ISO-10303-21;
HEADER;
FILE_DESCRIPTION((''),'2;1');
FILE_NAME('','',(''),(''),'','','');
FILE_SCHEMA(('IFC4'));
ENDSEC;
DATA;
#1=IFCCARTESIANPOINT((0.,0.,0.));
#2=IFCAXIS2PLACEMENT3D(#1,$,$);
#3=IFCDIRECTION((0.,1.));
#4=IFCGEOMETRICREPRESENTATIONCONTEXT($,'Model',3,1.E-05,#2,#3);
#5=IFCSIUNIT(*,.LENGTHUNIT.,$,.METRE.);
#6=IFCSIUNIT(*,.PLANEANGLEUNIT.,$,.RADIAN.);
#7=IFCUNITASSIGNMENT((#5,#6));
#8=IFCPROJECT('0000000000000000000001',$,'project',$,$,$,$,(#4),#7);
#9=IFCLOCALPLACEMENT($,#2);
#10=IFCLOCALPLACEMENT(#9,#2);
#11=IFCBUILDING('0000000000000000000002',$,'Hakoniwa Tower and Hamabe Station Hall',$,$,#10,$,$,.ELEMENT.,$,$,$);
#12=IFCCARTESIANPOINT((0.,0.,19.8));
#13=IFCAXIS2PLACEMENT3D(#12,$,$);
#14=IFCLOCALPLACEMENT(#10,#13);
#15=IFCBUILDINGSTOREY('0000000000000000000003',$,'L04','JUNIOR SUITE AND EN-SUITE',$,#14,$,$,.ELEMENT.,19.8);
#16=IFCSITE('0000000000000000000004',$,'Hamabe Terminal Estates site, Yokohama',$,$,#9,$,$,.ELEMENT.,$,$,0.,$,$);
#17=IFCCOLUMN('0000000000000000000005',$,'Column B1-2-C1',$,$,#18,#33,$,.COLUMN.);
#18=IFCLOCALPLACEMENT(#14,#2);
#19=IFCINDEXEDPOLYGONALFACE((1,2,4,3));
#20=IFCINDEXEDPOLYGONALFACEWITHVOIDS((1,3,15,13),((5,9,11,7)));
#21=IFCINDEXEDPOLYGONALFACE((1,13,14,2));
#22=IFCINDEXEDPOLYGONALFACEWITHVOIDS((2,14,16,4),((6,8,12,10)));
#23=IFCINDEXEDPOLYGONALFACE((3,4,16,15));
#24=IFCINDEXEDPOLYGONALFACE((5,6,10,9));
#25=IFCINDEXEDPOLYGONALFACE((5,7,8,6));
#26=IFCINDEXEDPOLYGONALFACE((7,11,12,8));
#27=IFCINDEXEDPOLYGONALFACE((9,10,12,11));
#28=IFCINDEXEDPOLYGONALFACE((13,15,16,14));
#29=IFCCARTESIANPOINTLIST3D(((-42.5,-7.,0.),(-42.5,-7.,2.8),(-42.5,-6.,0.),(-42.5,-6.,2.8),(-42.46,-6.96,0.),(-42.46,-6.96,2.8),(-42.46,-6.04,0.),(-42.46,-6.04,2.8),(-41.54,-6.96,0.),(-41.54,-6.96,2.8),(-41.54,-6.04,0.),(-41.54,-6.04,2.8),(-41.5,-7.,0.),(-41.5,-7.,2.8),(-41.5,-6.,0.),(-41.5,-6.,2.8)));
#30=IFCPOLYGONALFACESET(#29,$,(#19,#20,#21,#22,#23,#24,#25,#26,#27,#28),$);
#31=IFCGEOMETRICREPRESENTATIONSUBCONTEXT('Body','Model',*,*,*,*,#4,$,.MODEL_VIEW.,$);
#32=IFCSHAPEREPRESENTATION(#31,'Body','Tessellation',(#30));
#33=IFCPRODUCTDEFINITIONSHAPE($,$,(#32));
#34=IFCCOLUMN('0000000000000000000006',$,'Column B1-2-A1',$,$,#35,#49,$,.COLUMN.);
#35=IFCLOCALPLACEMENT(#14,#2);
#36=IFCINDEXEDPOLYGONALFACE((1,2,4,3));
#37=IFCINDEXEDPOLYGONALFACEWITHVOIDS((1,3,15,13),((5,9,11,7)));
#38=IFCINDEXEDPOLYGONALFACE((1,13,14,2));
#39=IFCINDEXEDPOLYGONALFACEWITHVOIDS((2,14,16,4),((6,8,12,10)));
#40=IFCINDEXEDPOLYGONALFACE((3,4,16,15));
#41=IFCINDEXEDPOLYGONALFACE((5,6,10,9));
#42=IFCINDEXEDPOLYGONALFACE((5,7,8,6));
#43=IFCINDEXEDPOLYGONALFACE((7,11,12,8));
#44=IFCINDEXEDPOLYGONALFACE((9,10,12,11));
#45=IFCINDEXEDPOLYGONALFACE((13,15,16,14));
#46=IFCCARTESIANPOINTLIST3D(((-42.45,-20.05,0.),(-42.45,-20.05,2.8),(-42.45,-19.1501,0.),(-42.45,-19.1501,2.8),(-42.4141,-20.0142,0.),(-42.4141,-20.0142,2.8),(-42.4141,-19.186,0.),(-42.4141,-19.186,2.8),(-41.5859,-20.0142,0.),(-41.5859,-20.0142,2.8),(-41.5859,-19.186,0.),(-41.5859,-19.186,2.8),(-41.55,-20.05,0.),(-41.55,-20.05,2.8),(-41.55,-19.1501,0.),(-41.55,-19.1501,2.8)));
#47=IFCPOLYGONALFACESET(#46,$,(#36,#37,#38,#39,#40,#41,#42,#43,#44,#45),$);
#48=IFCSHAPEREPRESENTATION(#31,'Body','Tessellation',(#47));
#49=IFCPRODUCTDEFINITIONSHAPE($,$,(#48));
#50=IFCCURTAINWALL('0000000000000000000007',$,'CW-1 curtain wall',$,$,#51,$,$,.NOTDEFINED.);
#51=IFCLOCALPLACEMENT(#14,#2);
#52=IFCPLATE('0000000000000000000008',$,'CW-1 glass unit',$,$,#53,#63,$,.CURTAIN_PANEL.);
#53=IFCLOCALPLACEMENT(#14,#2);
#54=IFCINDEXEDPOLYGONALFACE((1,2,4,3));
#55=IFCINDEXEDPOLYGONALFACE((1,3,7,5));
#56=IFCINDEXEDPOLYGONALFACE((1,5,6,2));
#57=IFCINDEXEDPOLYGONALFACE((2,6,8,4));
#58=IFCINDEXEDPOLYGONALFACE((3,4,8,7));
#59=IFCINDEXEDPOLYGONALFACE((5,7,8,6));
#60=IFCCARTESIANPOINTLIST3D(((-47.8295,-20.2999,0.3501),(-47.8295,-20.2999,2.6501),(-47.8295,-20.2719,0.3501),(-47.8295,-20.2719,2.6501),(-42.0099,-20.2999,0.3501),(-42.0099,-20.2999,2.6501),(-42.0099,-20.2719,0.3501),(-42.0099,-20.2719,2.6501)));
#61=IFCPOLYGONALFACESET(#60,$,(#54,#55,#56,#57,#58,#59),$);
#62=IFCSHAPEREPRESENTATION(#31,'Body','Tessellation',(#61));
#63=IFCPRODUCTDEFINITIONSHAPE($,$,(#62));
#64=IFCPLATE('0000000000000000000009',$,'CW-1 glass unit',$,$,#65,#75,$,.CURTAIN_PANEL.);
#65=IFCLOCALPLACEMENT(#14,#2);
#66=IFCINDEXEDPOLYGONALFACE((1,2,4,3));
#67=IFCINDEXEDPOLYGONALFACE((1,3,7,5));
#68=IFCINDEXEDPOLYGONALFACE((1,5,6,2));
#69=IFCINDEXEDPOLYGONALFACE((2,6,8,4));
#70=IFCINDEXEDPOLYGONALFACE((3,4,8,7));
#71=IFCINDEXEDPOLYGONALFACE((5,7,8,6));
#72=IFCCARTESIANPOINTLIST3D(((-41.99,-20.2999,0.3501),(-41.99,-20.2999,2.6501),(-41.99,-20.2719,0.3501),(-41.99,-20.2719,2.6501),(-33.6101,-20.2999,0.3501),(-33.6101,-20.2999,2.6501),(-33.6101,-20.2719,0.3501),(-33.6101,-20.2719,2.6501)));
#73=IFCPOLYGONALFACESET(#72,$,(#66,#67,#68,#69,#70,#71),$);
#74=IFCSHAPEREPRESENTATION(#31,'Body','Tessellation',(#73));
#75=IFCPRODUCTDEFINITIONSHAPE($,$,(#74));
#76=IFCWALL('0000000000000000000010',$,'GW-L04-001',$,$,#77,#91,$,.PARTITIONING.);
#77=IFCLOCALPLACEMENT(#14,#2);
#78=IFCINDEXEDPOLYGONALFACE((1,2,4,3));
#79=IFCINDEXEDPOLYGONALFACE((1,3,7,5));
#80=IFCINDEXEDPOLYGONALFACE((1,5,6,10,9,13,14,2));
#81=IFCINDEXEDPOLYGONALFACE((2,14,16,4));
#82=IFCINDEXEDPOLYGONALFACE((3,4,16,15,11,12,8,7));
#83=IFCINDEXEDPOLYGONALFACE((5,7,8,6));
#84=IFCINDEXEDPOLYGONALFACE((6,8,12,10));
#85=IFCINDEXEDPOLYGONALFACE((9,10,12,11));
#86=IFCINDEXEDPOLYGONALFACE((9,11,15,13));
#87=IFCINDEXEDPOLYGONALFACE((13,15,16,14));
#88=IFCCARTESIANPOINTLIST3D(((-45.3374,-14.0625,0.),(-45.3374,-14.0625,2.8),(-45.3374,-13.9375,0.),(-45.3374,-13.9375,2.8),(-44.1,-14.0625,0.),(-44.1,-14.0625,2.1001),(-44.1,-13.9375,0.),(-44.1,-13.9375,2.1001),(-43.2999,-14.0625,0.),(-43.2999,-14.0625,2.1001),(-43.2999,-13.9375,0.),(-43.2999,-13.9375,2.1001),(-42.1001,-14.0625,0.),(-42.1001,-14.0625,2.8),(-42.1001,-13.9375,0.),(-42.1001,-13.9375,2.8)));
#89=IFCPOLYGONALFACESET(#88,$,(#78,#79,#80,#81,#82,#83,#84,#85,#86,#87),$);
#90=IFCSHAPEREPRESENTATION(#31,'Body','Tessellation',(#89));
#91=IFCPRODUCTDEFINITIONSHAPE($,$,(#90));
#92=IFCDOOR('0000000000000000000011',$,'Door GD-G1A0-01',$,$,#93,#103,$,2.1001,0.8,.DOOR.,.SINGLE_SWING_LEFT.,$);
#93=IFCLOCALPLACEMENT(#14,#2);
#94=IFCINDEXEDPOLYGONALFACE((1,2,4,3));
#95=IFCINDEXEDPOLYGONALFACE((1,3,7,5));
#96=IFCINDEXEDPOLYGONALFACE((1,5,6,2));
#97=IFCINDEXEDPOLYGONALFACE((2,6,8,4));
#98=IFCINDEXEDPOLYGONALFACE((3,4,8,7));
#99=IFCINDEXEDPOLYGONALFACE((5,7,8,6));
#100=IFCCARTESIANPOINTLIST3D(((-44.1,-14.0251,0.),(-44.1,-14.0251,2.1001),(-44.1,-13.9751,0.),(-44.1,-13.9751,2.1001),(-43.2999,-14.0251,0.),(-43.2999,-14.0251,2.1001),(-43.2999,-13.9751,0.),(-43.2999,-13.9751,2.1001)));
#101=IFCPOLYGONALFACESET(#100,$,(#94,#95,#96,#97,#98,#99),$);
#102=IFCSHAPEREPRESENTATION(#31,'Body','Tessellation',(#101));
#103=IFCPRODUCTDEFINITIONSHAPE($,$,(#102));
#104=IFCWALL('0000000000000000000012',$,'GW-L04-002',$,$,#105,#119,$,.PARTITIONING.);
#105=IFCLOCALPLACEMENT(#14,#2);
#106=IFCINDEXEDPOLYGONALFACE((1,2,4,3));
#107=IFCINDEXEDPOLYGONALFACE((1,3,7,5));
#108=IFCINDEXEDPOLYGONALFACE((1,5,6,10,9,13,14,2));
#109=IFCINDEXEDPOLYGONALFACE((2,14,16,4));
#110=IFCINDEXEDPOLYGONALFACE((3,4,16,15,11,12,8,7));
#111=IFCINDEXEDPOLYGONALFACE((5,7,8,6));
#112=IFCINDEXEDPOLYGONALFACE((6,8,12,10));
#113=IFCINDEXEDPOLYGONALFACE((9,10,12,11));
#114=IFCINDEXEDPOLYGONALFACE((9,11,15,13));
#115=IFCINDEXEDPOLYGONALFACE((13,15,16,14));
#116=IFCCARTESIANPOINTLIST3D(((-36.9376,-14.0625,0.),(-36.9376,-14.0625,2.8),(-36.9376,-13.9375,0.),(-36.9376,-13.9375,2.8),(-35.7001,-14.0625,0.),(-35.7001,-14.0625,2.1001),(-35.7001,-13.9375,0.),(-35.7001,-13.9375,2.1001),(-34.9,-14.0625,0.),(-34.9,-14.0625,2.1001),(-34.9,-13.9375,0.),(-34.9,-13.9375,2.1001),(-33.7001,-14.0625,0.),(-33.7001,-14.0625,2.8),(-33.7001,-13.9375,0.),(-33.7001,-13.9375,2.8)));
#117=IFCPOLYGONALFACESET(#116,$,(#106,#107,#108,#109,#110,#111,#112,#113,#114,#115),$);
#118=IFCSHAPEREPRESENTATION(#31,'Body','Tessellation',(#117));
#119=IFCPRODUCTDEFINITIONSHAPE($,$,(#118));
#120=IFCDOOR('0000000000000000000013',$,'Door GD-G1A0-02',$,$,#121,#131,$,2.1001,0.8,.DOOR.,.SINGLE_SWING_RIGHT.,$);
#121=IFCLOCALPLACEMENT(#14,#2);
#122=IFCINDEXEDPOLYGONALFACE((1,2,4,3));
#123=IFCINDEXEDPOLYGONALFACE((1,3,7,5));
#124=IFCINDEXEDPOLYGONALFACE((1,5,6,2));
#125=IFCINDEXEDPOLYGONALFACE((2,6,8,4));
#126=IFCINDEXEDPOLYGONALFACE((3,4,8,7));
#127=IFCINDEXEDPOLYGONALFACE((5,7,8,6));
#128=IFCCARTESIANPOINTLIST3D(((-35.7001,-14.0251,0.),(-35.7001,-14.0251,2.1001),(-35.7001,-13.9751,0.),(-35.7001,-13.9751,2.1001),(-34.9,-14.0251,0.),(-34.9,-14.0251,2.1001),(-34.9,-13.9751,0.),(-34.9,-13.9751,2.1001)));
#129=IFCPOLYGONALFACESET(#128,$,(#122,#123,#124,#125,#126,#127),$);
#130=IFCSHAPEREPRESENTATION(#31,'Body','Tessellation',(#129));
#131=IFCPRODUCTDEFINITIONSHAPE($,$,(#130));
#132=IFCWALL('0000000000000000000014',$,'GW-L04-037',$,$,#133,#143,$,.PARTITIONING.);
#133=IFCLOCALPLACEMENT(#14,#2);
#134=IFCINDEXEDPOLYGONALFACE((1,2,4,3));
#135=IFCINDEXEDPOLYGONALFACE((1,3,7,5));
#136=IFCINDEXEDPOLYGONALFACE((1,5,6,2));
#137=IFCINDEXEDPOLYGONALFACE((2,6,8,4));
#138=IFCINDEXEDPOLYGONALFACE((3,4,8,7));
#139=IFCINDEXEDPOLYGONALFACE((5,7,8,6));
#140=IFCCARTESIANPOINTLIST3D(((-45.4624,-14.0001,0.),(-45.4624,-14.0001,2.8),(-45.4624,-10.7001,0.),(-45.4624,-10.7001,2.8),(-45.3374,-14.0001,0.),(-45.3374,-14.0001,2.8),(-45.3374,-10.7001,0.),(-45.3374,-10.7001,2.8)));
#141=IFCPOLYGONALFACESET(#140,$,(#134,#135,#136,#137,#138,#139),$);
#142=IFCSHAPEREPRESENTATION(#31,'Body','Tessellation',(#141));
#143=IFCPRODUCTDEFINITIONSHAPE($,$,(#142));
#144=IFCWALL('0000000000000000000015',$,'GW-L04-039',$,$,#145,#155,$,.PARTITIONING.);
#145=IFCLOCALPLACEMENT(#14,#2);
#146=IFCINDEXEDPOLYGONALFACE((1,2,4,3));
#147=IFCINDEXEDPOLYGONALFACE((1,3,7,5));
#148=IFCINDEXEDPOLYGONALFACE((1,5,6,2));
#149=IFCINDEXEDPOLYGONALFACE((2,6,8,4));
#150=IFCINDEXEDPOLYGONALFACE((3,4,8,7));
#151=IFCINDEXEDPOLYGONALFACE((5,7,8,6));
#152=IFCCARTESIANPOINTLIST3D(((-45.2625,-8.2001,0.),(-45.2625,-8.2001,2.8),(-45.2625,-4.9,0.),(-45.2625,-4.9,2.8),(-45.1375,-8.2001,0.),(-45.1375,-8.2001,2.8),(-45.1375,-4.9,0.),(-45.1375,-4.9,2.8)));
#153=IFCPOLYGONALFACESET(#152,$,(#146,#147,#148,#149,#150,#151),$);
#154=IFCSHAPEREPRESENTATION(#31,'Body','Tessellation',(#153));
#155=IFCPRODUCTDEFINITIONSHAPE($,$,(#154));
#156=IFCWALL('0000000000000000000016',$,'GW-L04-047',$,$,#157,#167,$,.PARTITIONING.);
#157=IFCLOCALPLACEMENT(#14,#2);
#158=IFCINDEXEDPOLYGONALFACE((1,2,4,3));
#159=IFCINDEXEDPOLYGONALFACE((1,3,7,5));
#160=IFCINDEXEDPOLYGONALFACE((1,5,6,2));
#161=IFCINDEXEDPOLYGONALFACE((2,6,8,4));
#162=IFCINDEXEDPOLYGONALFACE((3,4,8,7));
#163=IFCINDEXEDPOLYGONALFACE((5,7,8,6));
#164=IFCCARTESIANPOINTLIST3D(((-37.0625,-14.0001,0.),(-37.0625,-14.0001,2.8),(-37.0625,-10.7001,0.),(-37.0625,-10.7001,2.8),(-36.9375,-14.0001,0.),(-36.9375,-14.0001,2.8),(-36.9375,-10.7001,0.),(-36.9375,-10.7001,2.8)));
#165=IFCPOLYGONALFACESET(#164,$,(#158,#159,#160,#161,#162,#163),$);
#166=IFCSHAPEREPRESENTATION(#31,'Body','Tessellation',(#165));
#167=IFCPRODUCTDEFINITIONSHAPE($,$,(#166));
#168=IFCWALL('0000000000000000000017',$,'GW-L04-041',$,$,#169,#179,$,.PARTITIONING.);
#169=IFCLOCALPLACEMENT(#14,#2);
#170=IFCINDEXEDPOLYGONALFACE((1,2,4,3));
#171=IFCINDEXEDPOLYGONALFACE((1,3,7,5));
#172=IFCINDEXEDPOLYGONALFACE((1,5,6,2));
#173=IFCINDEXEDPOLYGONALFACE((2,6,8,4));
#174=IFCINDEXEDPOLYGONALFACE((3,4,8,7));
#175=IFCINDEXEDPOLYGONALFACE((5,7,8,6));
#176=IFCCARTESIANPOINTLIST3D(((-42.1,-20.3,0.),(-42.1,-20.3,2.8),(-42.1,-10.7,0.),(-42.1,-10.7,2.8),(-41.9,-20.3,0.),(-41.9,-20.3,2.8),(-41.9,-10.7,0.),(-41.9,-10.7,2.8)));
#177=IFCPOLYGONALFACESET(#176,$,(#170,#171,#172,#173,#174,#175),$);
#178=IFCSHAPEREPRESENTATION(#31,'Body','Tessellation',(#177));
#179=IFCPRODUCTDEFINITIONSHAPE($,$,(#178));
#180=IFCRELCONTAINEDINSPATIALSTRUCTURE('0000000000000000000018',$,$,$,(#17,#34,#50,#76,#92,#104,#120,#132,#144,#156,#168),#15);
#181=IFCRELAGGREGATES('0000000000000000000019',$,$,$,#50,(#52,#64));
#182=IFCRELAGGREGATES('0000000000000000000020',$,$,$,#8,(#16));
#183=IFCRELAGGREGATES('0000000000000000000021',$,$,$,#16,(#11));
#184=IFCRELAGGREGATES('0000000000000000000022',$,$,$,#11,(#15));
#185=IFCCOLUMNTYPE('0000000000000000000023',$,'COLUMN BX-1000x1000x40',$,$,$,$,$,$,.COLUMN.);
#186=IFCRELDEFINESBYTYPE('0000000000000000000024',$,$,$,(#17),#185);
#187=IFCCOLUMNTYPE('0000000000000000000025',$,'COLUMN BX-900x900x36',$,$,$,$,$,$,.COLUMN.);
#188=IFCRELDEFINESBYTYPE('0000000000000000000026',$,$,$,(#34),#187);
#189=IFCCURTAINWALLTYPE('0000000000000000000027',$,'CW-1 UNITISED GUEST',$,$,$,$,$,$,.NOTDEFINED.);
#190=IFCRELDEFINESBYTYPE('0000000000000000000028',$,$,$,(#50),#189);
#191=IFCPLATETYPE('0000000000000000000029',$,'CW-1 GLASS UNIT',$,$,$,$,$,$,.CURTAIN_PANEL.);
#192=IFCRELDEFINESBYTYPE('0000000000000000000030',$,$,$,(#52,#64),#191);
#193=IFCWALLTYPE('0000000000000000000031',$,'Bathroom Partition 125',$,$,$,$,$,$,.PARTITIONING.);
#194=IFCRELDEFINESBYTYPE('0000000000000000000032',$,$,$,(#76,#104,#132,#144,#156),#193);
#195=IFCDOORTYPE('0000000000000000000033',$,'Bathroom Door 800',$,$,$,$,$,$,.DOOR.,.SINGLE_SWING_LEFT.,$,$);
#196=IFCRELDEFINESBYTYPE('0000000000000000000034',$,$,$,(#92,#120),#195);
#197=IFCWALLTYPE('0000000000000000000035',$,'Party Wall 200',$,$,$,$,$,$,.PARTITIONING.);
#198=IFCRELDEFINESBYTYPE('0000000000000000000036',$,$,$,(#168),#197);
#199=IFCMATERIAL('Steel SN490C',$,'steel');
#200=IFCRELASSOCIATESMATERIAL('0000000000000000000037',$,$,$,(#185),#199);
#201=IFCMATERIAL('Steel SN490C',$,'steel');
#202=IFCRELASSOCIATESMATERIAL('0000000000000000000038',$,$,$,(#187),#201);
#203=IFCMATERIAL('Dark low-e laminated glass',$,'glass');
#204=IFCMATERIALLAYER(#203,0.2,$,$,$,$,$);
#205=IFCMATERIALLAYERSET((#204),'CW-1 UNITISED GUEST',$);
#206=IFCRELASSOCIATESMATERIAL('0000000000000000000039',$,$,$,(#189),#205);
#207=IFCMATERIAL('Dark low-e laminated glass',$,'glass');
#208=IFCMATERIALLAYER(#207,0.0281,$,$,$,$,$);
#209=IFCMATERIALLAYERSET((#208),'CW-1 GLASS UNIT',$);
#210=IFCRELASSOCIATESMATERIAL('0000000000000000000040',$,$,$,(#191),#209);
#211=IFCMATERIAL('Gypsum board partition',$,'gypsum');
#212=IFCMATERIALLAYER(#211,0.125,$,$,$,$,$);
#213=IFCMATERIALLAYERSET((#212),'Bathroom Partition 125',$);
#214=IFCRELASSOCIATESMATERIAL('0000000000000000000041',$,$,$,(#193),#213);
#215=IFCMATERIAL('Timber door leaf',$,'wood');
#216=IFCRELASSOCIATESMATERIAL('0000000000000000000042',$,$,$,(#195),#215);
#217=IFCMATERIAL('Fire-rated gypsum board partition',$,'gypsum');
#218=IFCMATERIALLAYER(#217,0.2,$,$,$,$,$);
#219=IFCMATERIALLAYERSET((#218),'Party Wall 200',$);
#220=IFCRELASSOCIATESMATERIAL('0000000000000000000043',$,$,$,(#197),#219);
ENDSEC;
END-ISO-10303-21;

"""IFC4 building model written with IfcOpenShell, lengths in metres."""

from ifc_helpers import new_model, si_unit, direction, frame, frame_2d, origin, origin_2d, place, context, subcontext, project, spatial, rectangle, hollow_rectangle, extrude, material, layer, layer_set, material_profile, profile_set, type_object, element, fill, aggregate, save


model = new_model("IFC4")

# Units and contexts
model_context = context("Model", 3, precision=1e-05, world=origin(), true_north=direction((0.0, 1.0)))
body_context = subcontext(model_context, "Body", "Model", "MODEL_VIEW")
ifc_project = project(units=[si_unit("LENGTHUNIT", "METRE"), si_unit("PLANEANGLEUNIT", "RADIAN")], contexts=[model_context])

# Site, building, storey
site_placement = place(None, origin())
site = spatial("IfcSite", under=ifc_project, at=site_placement, Name="Hamabe Terminal Estates site, Yokohama", CompositionType="ELEMENT", RefElevation=0.0)
building_placement = place(site_placement, origin())
building = spatial("IfcBuilding", under=site, at=building_placement, Name="Hakoniwa Tower and Hamabe Station Hall", CompositionType="ELEMENT")
storey_placement = place(building_placement, frame((0.0, 0.0, 19.8)))
storey = spatial("IfcBuildingStorey", under=building, at=storey_placement, Name="L04", Description="JUNIOR SUITE AND EN-SUITE", CompositionType="ELEMENT", Elevation=19.8)

# Columns
ifc_material_1 = material(Name="Steel SN490C", Category="steel")
ifc_material_profile_1 = material_profile(ifc_material_1, hollow_rectangle(XDim=1.0, YDim=1.0, WallThickness=0.04, at=origin_2d()), Name="BX-1000x1000x40")
ifc_profile_set_1 = profile_set([ifc_material_profile_1], Name="Steel SN490C")
column_type_1 = type_object("IfcColumnType", Name="COLUMN BX-1000x1000x40", PredefinedType="COLUMN", material=ifc_profile_set_1)
column_1_placement = place(storey_placement, frame((-42.0, -6.5, 0.0), z_axis=(0.0, 0.0, 1.0), x_axis=(1.0, 0.0, 0.0)))
element("IfcColumn", 1, at=column_1_placement, inside=storey, type_object=column_type_1, Name="Column B1-2-C1", PredefinedType="COLUMN", context=body_context, shape_type="SweptSolid", body=[
    extrude(hollow_rectangle(XDim=1.0, YDim=1.0, WallThickness=0.04, at=origin_2d()), origin(), (0.0, 0.0, 1.0), 2.8),
])
ifc_material_2 = material(Name="Steel SN490C", Category="steel")
ifc_material_profile_2 = material_profile(ifc_material_2, hollow_rectangle(XDim=0.8999, YDim=0.8999, WallThickness=0.0359, at=origin_2d()), Name="BX-900x900x36")
ifc_profile_set_2 = profile_set([ifc_material_profile_2], Name="Steel SN490C")
column_type_2 = type_object("IfcColumnType", Name="COLUMN BX-900x900x36", PredefinedType="COLUMN", material=ifc_profile_set_2)
column_2_placement = place(storey_placement, frame((-42.0, -19.6001, 0.0), z_axis=(0.0, 0.0, 1.0), x_axis=(1.0, 0.0, 0.0)))
element("IfcColumn", 2, at=column_2_placement, inside=storey, type_object=column_type_2, Name="Column B1-2-A1", PredefinedType="COLUMN", context=body_context, shape_type="SweptSolid", body=[
    extrude(hollow_rectangle(XDim=0.8999, YDim=0.8999, WallThickness=0.0359, at=origin_2d()), origin(), (0.0, 0.0, 1.0), 2.8),
])

# Curtain wall, plates
ifc_material_3 = material(Name="Dark low-e laminated glass", Category="glass")
ifc_layer_1 = layer(ifc_material_3, 0.2)
ifc_layer_set_1 = layer_set([ifc_layer_1], Name="CW-1 UNITISED GUEST")
curtain_wall_type = type_object("IfcCurtainWallType", Name="CW-1 UNITISED GUEST", PredefinedType="NOTDEFINED", material=ifc_layer_set_1)
curtain_wall_placement = place(storey_placement, origin())
curtain_wall = element("IfcCurtainWall", 3, at=curtain_wall_placement, inside=storey, type_object=curtain_wall_type, Name="CW-1 curtain wall", PredefinedType="NOTDEFINED")
ifc_material_4 = material(Name="Dark low-e laminated glass", Category="glass")
ifc_layer_2 = layer(ifc_material_4, 0.0281)
ifc_layer_set_2 = layer_set([ifc_layer_2], Name="CW-1 GLASS UNIT")
plate_type = type_object("IfcPlateType", Name="CW-1 GLASS UNIT", PredefinedType="CURTAIN_PANEL", material=ifc_layer_set_2)
plate_1_placement = place(storey_placement, frame((-44.9197, -20.2859, 0.3501), z_axis=(0.0, 0.0, 1.0), x_axis=(1.0, 0.0, 0.0)))
plate_1 = element("IfcPlate", 4, at=plate_1_placement, type_object=plate_type, Name="CW-1 glass unit", PredefinedType="CURTAIN_PANEL", context=body_context, shape_type="SweptSolid", body=[
    extrude(rectangle(XDim=5.8196, YDim=0.0281, at=origin_2d()), origin(), (0.0, 0.0, 1.0), 2.3),
])
plate_2_placement = place(storey_placement, frame((-37.8, -20.2859, 0.3501), z_axis=(0.0, 0.0, 1.0), x_axis=(1.0, 0.0, 0.0)))
plate_2 = element("IfcPlate", 5, at=plate_2_placement, type_object=plate_type, Name="CW-1 glass unit", PredefinedType="CURTAIN_PANEL", context=body_context, shape_type="SweptSolid", body=[
    extrude(rectangle(XDim=8.3799, YDim=0.0281, at=origin_2d()), origin(), (0.0, 0.0, 1.0), 2.3),
])
aggregate(curtain_wall, [plate_1, plate_2])

# Walls, openings, doors
ifc_material_5 = material(Name="Gypsum board partition", Category="gypsum")
ifc_layer_3 = layer(ifc_material_5, 0.125)
ifc_layer_set_3 = layer_set([ifc_layer_3], Name="Bathroom Partition 125")
wall_type_1 = type_object("IfcWallType", Name="Bathroom Partition 125", PredefinedType="PARTITIONING", material=ifc_layer_set_3)
wall_1_placement = place(storey_placement, frame((-45.3374, -14.0, 0.0), z_axis=(0.0, 0.0, 1.0), x_axis=(1.0, 0.0, 0.0)))
wall_1 = element("IfcWall", 6, at=wall_1_placement, inside=storey, type_object=wall_type_1, Name="GW-L04-001", PredefinedType="PARTITIONING", context=body_context, shape_type="SweptSolid", body=[
    extrude(rectangle(XDim=3.2373, YDim=0.125, at=frame_2d((1.6187, 0.0))), origin(), (0.0, 0.0, 1.0), 2.8),
])
opening_1_placement = place(wall_1_placement, frame((1.2375, 0.0, 0.0)))
opening_1 = element("IfcOpeningElement", 7, at=opening_1_placement, cuts=wall_1, PredefinedType="OPENING", context=body_context, shape_type="SweptSolid", body=[
    extrude(rectangle(XDim=0.8, YDim=2.1001, at=frame_2d((0.3999, 1.05))), frame((0.0, 0.0725, 0.0), z_axis=(0.0, -1.0, 0.0), x_axis=(1.0, 0.0, 0.0)), (0.0, 0.0, 1.0), 0.145),
])
ifc_material_6 = material(Name="Timber door leaf", Category="wood")
door_type = type_object("IfcDoorType", Name="Bathroom Door 800", OperationType="SINGLE_SWING_LEFT", PredefinedType="DOOR", material=ifc_material_6)
door_1_placement = place(opening_1_placement, origin())
door_1 = element("IfcDoor", 8, at=door_1_placement, inside=storey, type_object=door_type, Name="Door GD-G1A0-01", OperationType="SINGLE_SWING_LEFT", OverallHeight=2.1001, OverallWidth=0.8, PredefinedType="DOOR", context=body_context, shape_type="SweptSolid", body=[
    extrude(rectangle(XDim=0.8, YDim=2.1001, at=frame_2d((0.3999, 1.05))), frame((0.0, 0.0249, 0.0), z_axis=(0.0, -1.0, 0.0), x_axis=(1.0, 0.0, 0.0)), (0.0, 0.0, 1.0), 0.05),
])
fill(opening_1, door_1)
wall_2_placement = place(storey_placement, frame((-36.9375, -14.0, 0.0), z_axis=(0.0, 0.0, 1.0), x_axis=(1.0, 0.0, 0.0)))
wall_2 = element("IfcWall", 9, at=wall_2_placement, inside=storey, type_object=wall_type_1, Name="GW-L04-002", PredefinedType="PARTITIONING", context=body_context, shape_type="SweptSolid", body=[
    extrude(rectangle(XDim=3.2375, YDim=0.125, at=frame_2d((1.6187, 0.0))), origin(), (0.0, 0.0, 1.0), 2.8),
])
opening_2_placement = place(wall_2_placement, frame((1.2375, 0.0, 0.0)))
opening_2 = element("IfcOpeningElement", 10, at=opening_2_placement, cuts=wall_2, PredefinedType="OPENING", context=body_context, shape_type="SweptSolid", body=[
    extrude(rectangle(XDim=0.8, YDim=2.1001, at=frame_2d((0.3999, 1.05))), frame((0.0, 0.0725, 0.0), z_axis=(0.0, -1.0, 0.0), x_axis=(1.0, 0.0, 0.0)), (0.0, 0.0, 1.0), 0.145),
])
door_2_placement = place(opening_2_placement, origin())
door_2 = element("IfcDoor", 11, at=door_2_placement, inside=storey, type_object=door_type, Name="Door GD-G1A0-02", OperationType="SINGLE_SWING_RIGHT", OverallHeight=2.1001, OverallWidth=0.8, PredefinedType="DOOR", context=body_context, shape_type="SweptSolid", body=[
    extrude(rectangle(XDim=0.8, YDim=2.1001, at=frame_2d((0.3999, 1.05))), frame((0.0, 0.0249, 0.0), z_axis=(0.0, -1.0, 0.0), x_axis=(1.0, 0.0, 0.0)), (0.0, 0.0, 1.0), 0.05),
])
fill(opening_2, door_2)

# Walls
for number, where, z_axis, x_axis, name in (
    (12, (-45.3999, -14.0, 0.0), (0.0, 0.0, 1.0), (0.0, 1.0, 0.0), "GW-L04-037"),
    (13, (-45.2, -8.2, 0.0), (0.0, 0.0, 1.0), (0.0, 1.0, 0.0), "GW-L04-039"),
    (14, (-37.0, -14.0, 0.0), (0.0, 0.0, 1.0), (0.0, 1.0, 0.0), "GW-L04-047"),
):
    element("IfcWall", number, at=place(storey_placement, frame(where, z_axis=z_axis, x_axis=x_axis)), inside=storey, type_object=wall_type_1, Name=name, PredefinedType="PARTITIONING", context=body_context, shape_type="SweptSolid", body=[
        extrude(rectangle(XDim=3.3, YDim=0.125, at=frame_2d((1.6499, 0.0))), origin(), (0.0, 0.0, 1.0), 2.8),
    ])
ifc_material_7 = material(Name="Fire-rated gypsum board partition", Category="gypsum")
ifc_layer_4 = layer(ifc_material_7, 0.2)
ifc_layer_set_4 = layer_set([ifc_layer_4], Name="Party Wall 200")
wall_type_2 = type_object("IfcWallType", Name="Party Wall 200", PredefinedType="PARTITIONING", material=ifc_layer_set_4)
wall_3_placement = place(storey_placement, frame((-42.0, -20.3, 0.0), z_axis=(0.0, 0.0, 1.0), x_axis=(0.0, 1.0, 0.0)))
element("IfcWall", 15, at=wall_3_placement, inside=storey, type_object=wall_type_2, Name="GW-L04-041", PredefinedType="PARTITIONING", context=body_context, shape_type="SweptSolid", body=[
    extrude(rectangle(XDim=9.6001, YDim=0.2, at=frame_2d((4.8, 0.0))), origin(), (0.0, 0.0, 1.0), 2.8),
])

save(model, "model.ifc")
